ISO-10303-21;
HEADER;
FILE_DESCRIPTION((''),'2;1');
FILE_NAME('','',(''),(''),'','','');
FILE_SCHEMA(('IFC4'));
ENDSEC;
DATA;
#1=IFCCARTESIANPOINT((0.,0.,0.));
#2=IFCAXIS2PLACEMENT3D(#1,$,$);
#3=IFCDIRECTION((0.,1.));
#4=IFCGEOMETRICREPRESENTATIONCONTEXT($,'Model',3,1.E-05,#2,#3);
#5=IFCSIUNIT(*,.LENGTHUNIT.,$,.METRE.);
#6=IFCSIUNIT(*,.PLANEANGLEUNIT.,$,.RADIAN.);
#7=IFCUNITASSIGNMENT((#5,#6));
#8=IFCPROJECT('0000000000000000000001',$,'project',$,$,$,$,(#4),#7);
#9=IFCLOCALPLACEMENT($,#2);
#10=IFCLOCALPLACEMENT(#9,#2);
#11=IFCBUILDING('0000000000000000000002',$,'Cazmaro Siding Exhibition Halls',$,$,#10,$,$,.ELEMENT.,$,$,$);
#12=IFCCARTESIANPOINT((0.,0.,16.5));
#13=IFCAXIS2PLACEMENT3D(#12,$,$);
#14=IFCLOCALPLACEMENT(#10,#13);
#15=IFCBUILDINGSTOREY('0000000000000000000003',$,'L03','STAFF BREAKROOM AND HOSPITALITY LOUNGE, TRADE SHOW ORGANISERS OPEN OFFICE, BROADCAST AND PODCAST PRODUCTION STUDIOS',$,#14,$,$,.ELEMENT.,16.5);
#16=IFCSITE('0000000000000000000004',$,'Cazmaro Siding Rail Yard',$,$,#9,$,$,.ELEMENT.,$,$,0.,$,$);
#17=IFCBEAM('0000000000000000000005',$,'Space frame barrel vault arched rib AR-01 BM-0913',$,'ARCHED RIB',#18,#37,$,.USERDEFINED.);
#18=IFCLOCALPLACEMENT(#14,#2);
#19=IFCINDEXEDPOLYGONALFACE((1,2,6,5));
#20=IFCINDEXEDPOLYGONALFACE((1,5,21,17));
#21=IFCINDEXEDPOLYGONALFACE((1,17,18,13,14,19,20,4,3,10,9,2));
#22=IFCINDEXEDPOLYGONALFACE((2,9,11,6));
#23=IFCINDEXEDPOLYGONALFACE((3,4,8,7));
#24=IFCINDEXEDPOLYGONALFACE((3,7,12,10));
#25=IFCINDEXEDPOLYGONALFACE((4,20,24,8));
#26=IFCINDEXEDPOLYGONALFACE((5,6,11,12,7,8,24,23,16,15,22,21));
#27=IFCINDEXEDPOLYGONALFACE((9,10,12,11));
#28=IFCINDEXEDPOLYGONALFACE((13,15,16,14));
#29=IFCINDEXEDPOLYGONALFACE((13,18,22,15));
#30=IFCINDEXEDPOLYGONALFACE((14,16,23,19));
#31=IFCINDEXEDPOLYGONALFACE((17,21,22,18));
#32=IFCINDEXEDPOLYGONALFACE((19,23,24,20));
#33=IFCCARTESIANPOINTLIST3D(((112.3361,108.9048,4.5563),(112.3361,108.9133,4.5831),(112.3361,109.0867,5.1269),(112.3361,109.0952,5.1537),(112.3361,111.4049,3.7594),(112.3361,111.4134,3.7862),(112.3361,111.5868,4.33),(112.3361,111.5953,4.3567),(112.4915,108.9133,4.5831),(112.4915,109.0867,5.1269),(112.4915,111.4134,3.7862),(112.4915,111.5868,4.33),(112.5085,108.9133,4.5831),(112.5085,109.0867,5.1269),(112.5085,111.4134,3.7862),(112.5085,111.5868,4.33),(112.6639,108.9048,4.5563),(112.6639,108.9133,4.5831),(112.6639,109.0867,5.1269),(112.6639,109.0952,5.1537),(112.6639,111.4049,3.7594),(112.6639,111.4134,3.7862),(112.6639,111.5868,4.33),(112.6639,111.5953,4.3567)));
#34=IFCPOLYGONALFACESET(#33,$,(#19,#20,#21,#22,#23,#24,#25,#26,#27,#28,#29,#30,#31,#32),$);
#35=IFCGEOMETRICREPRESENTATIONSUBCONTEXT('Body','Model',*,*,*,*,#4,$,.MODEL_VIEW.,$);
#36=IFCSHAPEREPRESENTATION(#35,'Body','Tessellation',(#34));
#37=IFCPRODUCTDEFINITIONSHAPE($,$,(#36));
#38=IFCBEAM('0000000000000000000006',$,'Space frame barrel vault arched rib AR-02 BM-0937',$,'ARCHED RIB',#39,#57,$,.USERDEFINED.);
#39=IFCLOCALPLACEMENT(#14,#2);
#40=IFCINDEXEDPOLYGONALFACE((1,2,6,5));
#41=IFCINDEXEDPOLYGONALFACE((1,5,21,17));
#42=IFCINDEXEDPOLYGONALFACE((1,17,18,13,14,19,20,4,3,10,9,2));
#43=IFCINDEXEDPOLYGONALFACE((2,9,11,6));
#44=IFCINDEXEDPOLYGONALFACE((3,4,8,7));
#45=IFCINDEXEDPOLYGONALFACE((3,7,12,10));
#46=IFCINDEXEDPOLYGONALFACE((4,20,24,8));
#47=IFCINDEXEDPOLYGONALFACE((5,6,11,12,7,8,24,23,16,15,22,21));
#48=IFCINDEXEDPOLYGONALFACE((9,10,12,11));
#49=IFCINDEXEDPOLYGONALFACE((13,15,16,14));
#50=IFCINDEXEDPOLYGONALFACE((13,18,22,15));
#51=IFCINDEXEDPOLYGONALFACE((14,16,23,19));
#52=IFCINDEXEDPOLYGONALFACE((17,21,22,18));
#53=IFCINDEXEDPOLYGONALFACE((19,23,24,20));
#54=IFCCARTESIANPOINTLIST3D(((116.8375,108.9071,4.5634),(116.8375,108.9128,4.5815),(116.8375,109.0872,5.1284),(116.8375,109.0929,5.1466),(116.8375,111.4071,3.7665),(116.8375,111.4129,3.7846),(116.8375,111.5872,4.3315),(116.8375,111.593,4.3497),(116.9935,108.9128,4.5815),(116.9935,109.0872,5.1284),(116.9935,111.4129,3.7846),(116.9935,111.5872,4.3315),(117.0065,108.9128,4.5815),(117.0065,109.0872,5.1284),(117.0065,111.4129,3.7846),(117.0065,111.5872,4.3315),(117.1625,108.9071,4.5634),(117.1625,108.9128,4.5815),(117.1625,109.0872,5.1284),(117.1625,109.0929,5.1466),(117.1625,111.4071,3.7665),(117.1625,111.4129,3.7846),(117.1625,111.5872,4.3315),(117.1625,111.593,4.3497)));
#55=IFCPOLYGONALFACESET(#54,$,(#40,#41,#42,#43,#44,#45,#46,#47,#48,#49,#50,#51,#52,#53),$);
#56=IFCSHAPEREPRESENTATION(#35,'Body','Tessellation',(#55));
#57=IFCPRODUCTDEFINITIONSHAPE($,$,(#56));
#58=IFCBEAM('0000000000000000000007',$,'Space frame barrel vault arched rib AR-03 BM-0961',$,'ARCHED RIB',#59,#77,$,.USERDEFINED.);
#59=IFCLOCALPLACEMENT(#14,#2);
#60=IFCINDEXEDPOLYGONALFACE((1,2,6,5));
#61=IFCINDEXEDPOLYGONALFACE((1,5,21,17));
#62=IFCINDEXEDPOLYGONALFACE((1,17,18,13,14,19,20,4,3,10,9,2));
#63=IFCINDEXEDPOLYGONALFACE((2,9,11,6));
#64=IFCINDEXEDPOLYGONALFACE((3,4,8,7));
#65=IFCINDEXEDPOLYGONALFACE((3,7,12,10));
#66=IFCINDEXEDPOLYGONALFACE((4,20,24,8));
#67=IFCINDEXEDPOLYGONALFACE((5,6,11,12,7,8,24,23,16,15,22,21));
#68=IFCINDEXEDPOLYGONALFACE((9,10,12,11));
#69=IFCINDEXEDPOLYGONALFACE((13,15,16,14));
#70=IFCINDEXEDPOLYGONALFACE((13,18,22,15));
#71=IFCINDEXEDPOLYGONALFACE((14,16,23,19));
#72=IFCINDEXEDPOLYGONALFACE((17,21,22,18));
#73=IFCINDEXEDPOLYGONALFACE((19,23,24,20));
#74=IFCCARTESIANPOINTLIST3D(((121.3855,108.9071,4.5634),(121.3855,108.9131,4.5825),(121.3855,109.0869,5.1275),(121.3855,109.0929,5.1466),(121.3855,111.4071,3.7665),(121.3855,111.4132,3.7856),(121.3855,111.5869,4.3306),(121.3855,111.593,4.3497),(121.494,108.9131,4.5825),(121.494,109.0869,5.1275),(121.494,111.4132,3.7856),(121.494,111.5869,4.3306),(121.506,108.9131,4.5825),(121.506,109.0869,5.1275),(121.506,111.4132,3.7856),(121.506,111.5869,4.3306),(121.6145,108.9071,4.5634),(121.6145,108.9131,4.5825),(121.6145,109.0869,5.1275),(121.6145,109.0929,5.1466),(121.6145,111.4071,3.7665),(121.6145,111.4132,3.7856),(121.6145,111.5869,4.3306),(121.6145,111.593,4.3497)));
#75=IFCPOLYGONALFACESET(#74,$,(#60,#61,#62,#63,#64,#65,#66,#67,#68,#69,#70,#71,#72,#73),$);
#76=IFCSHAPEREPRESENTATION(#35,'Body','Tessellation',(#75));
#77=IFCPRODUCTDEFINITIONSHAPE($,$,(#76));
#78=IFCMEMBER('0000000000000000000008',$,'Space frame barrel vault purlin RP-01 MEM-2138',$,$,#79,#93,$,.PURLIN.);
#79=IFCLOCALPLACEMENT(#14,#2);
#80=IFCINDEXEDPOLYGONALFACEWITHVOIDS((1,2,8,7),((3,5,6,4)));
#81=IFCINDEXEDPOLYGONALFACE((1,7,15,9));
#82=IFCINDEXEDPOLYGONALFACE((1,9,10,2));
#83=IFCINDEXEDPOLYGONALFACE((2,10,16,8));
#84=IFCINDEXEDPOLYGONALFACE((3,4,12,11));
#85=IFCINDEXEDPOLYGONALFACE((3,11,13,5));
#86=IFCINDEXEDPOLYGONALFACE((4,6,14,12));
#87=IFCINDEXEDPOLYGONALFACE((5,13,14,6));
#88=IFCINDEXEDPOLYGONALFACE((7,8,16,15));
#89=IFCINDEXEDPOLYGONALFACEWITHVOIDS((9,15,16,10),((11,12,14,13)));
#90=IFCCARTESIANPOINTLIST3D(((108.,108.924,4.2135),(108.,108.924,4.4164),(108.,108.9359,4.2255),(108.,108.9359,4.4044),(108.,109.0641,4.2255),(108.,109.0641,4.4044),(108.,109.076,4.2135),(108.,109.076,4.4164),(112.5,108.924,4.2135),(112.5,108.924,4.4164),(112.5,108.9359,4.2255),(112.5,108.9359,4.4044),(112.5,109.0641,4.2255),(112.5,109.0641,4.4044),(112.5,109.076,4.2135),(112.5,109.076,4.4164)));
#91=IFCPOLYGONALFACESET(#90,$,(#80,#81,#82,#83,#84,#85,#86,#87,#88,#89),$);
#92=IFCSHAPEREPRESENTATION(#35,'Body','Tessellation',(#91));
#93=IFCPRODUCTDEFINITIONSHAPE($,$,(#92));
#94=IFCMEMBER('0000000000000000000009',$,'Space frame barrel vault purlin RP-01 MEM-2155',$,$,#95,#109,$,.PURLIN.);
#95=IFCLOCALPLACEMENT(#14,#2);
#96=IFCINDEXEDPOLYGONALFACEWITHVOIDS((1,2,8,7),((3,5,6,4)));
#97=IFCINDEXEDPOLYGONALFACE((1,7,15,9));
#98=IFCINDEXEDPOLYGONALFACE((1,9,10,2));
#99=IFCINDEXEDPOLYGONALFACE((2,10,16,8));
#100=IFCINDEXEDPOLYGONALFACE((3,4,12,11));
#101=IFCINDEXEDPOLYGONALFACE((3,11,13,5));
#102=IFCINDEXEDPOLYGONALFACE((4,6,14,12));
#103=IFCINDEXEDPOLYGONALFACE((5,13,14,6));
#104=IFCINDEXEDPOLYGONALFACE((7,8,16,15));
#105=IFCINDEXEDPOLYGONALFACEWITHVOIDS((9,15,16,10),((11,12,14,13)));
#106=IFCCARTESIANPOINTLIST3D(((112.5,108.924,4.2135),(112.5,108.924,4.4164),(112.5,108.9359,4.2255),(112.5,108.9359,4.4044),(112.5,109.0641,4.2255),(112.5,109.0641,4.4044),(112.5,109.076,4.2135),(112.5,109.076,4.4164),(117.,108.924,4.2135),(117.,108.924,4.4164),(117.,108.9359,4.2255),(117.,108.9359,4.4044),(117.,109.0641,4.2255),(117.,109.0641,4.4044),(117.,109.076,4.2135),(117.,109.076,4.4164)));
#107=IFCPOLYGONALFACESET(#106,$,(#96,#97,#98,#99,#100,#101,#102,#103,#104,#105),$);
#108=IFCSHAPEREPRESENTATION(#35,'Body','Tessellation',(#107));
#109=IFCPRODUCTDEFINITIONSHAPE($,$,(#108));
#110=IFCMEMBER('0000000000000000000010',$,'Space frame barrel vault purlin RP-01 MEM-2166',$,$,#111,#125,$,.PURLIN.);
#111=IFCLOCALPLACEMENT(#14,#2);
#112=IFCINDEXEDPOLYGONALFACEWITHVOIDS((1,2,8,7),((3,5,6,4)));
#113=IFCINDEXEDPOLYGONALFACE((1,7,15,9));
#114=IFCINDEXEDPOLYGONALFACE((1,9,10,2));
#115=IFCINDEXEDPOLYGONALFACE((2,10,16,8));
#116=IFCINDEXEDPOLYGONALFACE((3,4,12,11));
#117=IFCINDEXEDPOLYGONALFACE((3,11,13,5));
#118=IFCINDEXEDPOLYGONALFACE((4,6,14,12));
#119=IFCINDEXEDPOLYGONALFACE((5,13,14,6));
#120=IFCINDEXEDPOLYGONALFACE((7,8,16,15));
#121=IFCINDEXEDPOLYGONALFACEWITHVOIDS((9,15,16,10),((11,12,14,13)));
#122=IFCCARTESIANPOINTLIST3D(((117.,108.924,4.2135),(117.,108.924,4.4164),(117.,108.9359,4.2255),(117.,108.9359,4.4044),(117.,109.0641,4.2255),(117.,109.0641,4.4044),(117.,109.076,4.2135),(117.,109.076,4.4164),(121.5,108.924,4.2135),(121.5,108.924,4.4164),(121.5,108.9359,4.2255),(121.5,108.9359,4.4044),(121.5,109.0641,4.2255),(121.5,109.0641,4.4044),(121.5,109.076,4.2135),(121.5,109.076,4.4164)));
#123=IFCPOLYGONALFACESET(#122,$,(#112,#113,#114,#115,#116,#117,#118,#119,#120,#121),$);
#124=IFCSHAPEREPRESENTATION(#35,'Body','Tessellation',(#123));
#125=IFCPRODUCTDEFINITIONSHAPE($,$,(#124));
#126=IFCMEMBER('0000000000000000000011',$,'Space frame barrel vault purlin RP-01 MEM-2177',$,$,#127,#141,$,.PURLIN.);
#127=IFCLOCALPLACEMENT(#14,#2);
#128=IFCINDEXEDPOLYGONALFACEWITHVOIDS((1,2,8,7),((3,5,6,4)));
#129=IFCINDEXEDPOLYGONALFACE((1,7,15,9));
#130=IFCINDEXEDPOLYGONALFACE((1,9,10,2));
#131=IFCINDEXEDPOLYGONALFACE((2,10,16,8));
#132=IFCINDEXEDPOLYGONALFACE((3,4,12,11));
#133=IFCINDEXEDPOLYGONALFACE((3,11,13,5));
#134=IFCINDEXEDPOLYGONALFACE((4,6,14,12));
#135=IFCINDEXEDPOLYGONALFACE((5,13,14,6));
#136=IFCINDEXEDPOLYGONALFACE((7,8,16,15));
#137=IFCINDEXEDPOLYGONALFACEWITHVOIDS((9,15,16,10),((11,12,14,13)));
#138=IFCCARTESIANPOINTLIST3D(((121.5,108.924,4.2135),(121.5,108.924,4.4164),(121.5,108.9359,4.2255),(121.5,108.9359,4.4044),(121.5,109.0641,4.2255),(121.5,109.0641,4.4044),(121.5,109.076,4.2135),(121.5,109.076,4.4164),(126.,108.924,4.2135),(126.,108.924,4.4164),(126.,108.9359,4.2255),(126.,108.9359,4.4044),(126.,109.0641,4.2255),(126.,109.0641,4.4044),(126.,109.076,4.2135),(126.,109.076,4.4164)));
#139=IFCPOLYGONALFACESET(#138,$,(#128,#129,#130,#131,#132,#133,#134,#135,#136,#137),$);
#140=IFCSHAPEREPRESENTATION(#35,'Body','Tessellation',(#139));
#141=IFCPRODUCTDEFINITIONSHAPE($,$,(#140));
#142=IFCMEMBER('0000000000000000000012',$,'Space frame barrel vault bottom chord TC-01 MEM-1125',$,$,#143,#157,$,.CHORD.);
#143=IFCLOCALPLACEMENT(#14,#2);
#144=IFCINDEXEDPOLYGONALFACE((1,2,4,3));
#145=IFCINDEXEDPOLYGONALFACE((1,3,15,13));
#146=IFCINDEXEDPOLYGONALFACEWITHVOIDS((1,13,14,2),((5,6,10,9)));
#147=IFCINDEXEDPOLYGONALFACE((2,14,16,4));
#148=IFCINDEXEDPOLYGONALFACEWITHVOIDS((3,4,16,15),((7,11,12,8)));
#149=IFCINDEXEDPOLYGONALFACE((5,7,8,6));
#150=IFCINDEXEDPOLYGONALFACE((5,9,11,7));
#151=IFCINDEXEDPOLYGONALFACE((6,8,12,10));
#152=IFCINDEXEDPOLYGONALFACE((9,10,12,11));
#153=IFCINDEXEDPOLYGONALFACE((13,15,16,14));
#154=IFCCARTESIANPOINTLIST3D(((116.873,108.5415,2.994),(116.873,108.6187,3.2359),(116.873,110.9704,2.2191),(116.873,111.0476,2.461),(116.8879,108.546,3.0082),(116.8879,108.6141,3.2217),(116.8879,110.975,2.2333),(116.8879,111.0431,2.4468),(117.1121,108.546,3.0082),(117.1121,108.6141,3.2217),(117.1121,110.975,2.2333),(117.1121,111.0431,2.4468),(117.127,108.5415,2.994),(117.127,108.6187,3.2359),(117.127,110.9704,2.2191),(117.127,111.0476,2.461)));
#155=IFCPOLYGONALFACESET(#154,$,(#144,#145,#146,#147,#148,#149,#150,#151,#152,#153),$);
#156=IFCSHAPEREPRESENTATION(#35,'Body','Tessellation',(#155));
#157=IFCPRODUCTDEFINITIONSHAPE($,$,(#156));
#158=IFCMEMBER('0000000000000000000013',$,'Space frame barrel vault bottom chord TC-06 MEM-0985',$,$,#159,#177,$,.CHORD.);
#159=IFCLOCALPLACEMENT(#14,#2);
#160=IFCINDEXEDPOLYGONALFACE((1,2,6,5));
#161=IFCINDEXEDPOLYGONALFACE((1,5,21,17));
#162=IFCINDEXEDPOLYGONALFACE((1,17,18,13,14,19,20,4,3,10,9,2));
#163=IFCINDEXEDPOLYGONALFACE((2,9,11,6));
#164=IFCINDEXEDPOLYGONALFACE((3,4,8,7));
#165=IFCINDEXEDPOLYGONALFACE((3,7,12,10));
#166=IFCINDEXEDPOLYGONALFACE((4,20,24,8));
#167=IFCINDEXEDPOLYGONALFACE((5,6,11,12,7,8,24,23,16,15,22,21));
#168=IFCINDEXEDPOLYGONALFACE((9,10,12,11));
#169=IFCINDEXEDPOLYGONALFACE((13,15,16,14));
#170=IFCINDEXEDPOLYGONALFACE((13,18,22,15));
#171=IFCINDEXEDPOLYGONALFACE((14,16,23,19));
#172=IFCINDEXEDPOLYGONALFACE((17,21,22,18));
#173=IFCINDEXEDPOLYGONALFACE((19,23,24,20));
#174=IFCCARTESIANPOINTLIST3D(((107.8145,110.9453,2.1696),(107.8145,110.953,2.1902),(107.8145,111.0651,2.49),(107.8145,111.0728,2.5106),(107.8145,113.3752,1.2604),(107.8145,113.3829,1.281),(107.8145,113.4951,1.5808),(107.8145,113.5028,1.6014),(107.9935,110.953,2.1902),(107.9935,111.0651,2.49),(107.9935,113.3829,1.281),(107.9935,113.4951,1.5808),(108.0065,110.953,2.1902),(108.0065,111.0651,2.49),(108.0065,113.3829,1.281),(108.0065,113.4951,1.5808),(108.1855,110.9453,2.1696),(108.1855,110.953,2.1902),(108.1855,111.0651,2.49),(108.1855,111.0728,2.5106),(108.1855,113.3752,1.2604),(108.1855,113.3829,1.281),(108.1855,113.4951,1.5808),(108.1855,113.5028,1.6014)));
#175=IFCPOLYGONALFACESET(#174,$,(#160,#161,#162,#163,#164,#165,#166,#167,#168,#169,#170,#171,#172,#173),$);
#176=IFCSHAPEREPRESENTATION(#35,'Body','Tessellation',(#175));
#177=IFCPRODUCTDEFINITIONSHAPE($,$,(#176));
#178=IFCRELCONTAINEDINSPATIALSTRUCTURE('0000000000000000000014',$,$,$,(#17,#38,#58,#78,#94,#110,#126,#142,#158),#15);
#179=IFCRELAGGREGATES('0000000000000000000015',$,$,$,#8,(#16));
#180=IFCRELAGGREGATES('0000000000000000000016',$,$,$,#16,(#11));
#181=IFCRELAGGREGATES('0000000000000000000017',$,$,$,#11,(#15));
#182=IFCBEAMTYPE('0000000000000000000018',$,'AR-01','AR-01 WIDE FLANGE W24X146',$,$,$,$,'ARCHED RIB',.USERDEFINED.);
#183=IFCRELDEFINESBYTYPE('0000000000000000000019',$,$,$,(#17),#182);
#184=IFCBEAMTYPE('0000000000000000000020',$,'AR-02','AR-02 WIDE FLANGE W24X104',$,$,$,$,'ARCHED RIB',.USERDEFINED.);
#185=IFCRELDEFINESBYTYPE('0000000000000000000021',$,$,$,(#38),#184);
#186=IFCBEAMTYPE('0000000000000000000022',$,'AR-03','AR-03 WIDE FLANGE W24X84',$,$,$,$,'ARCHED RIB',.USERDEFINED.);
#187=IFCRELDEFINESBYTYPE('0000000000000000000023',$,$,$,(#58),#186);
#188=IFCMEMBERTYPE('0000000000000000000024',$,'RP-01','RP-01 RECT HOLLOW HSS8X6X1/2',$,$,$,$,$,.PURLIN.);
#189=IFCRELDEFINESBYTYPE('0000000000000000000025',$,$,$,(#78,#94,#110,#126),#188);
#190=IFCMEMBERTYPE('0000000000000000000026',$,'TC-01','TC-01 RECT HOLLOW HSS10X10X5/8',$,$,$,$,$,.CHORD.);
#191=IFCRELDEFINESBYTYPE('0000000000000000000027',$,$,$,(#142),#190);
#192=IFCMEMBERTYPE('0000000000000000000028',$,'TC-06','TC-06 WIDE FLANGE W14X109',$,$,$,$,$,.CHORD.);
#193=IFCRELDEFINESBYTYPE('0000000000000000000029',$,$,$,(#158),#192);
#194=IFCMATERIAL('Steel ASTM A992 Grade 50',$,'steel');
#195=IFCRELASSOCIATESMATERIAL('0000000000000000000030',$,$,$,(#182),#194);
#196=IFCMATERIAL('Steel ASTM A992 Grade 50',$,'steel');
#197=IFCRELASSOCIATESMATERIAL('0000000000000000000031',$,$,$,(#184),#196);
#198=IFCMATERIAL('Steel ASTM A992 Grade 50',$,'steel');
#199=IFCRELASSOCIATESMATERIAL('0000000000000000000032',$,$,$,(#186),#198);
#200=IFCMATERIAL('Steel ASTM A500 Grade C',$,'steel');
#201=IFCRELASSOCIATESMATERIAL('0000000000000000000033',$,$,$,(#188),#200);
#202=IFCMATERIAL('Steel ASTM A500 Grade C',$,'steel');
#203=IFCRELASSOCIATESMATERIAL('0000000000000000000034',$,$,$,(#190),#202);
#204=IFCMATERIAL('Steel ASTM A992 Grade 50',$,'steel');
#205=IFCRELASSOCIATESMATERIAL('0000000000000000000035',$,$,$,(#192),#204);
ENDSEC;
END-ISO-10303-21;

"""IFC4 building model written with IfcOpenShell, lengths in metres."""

from ifc_helpers import new_model, si_unit, direction, frame, origin, origin_2d, place, context, subcontext, project, spatial, hollow_rectangle, i_section, extrude, material, material_profile, profile_set, type_object, element, save


model = new_model("IFC4")

# Units and contexts
model_context = context("Model", 3, precision=1e-05, world=origin(), true_north=direction((0.0, 1.0)))
body_context = subcontext(model_context, "Body", "Model", "MODEL_VIEW")
ifc_project = project(units=[si_unit("LENGTHUNIT", "METRE"), si_unit("PLANEANGLEUNIT", "RADIAN")], contexts=[model_context])

# Site, building, storey
site_placement = place(None, origin())
site = spatial("IfcSite", under=ifc_project, at=site_placement, Name="Cazmaro Siding Rail Yard", CompositionType="ELEMENT", RefElevation=0.0)
building_placement = place(site_placement, origin())
building = spatial("IfcBuilding", under=site, at=building_placement, Name="Cazmaro Siding Exhibition Halls", CompositionType="ELEMENT")
storey_placement = place(building_placement, frame((0.0, 0.0, 16.5)))
storey = spatial("IfcBuildingStorey", under=building, at=storey_placement, Name="L03", Description="STAFF BREAKROOM AND HOSPITALITY LOUNGE, TRADE SHOW ORGANISERS OPEN OFFICE, BROADCAST AND PODCAST PRODUCTION STUDIOS", CompositionType="ELEMENT", Elevation=16.5)

# Beams
ifc_material_1 = material(Name="Steel ASTM A992 Grade 50", Category="steel")
ifc_material_profile_1 = material_profile(ifc_material_1, i_section(OverallWidth=0.3279, OverallDepth=0.627, WebThickness=0.0171, FlangeThickness=0.0281, at=origin_2d()), Name="W24X146")
ifc_profile_set_1 = profile_set([ifc_material_profile_1], Name="Steel ASTM A992 Grade 50")
beam_type_1 = type_object("IfcBeamType", Name="AR-01", Description="AR-01 WIDE FLANGE W24X146", ElementType="ARCHED RIB", PredefinedType="USERDEFINED", material=ifc_profile_set_1)
beam_1_placement = place(storey_placement, frame((112.5, 109.0, 4.855), z_axis=(0.0, 0.952769, -0.303695), x_axis=(-1.0, 0.0, 0.0)))
element("IfcBeam", 1, at=beam_1_placement, inside=storey, type_object=beam_type_1, Name="Space frame barrel vault arched rib AR-01 BM-0913", ObjectType="ARCHED RIB", PredefinedType="USERDEFINED", context=body_context, shape_type="SweptSolid", body=[
    extrude(i_section(OverallWidth=0.3279, OverallDepth=0.627, WebThickness=0.0171, FlangeThickness=0.0281, at=origin_2d()), origin(), (0.0, 0.0, 1.0), 2.624),
])
ifc_material_2 = material(Name="Steel ASTM A992 Grade 50", Category="steel")
ifc_material_profile_2 = material_profile(ifc_material_2, i_section(OverallWidth=0.325, OverallDepth=0.6121, WebThickness=0.0129, FlangeThickness=0.019, at=origin_2d()), Name="W24X104")
ifc_profile_set_2 = profile_set([ifc_material_profile_2], Name="Steel ASTM A992 Grade 50")
beam_type_2 = type_object("IfcBeamType", Name="AR-02", Description="AR-02 WIDE FLANGE W24X104", ElementType="ARCHED RIB", PredefinedType="USERDEFINED", material=ifc_profile_set_2)
beam_2_placement = place(storey_placement, frame((117.0, 109.0, 4.855), z_axis=(0.0, 0.952769, -0.303695), x_axis=(-1.0, 0.0, 0.0)))
element("IfcBeam", 2, at=beam_2_placement, inside=storey, type_object=beam_type_2, Name="Space frame barrel vault arched rib AR-02 BM-0937", ObjectType="ARCHED RIB", PredefinedType="USERDEFINED", context=body_context, shape_type="SweptSolid", body=[
    extrude(i_section(OverallWidth=0.325, OverallDepth=0.6121, WebThickness=0.0129, FlangeThickness=0.019, at=origin_2d()), origin(), (0.0, 0.0, 1.0), 2.624),
])
ifc_material_3 = material(Name="Steel ASTM A992 Grade 50", Category="steel")
ifc_material_profile_3 = material_profile(ifc_material_3, i_section(OverallWidth=0.229, OverallDepth=0.6121, WebThickness=0.012, FlangeThickness=0.02, at=origin_2d()), Name="W24X84")
ifc_profile_set_3 = profile_set([ifc_material_profile_3], Name="Steel ASTM A992 Grade 50")
beam_type_3 = type_object("IfcBeamType", Name="AR-03", Description="AR-03 WIDE FLANGE W24X84", ElementType="ARCHED RIB", PredefinedType="USERDEFINED", material=ifc_profile_set_3)
beam_3_placement = place(storey_placement, frame((121.5, 109.0, 4.855), z_axis=(0.0, 0.952769, -0.303695), x_axis=(-1.0, 0.0, 0.0)))
element("IfcBeam", 3, at=beam_3_placement, inside=storey, type_object=beam_type_3, Name="Space frame barrel vault arched rib AR-03 BM-0961", ObjectType="ARCHED RIB", PredefinedType="USERDEFINED", context=body_context, shape_type="SweptSolid", body=[
    extrude(i_section(OverallWidth=0.229, OverallDepth=0.6121, WebThickness=0.012, FlangeThickness=0.02, at=origin_2d()), origin(), (0.0, 0.0, 1.0), 2.624),
])

# Members
ifc_material_4 = material(Name="Steel ASTM A500 Grade C", Category="steel")
ifc_material_profile_4 = material_profile(ifc_material_4, hollow_rectangle(XDim=0.1521, YDim=0.2029, WallThickness=0.012, at=origin_2d()), Name="HSS8X6X1/2")
ifc_profile_set_4 = profile_set([ifc_material_profile_4], Name="Steel ASTM A500 Grade C")
member_type_1 = type_object("IfcMemberType", Name="RP-01", Description="RP-01 RECT HOLLOW HSS8X6X1/2", PredefinedType="PURLIN", material=ifc_profile_set_4)
for number, where, z_axis, x_axis, name in (
    (4, (108.0, 109.0, 4.3149), (1.0, 0.0, 0.0), (0.0, 1.0, 0.0), "Space frame barrel vault purlin RP-01 MEM-2138"),
    (5, (112.5, 109.0, 4.3149), (1.0, 0.0, 0.0), (0.0, 1.0, 0.0), "Space frame barrel vault purlin RP-01 MEM-2155"),
    (6, (117.0, 109.0, 4.3149), (1.0, 0.0, 0.0), (0.0, 1.0, 0.0), "Space frame barrel vault purlin RP-01 MEM-2166"),
    (7, (121.5, 109.0, 4.3149), (1.0, 0.0, 0.0), (0.0, 1.0, 0.0), "Space frame barrel vault purlin RP-01 MEM-2177"),
):
    element("IfcMember", number, at=place(storey_placement, frame(where, z_axis=z_axis, x_axis=x_axis)), inside=storey, type_object=member_type_1, Name=name, PredefinedType="PURLIN", context=body_context, shape_type="SweptSolid", body=[
        extrude(hollow_rectangle(XDim=0.1521, YDim=0.2029, WallThickness=0.012, at=origin_2d()), origin(), (0.0, 0.0, 1.0), 4.5),
    ])
ifc_material_5 = material(Name="Steel ASTM A500 Grade C", Category="steel")
ifc_material_profile_5 = material_profile(ifc_material_5, hollow_rectangle(XDim=0.2539, YDim=0.2539, WallThickness=0.0149, at=origin_2d()), Name="HSS10X10X5/8")
ifc_profile_set_5 = profile_set([ifc_material_profile_5], Name="Steel ASTM A500 Grade C")
member_type_2 = type_object("IfcMemberType", Name="TC-01", Description="TC-01 RECT HOLLOW HSS10X10X5/8", PredefinedType="CHORD", material=ifc_profile_set_5)
member_1_placement = place(storey_placement, frame((117.0, 108.5801, 3.115), z_axis=(0.0, 0.952693, -0.303935), x_axis=(-1.0, 0.0, 0.0)))
element("IfcMember", 8, at=member_1_placement, inside=storey, type_object=member_type_2, Name="Space frame barrel vault bottom chord TC-01 MEM-1125", PredefinedType="CHORD", context=body_context, shape_type="SweptSolid", body=[
    extrude(hollow_rectangle(XDim=0.2539, YDim=0.2539, WallThickness=0.0149, at=origin_2d()), origin(), (0.0, 0.0, 1.0), 2.5496),
])
ifc_material_6 = material(Name="Steel ASTM A992 Grade 50", Category="steel")
ifc_material_profile_6 = material_profile(ifc_material_6, i_section(OverallWidth=0.3711, OverallDepth=0.364, WebThickness=0.0129, FlangeThickness=0.022, at=origin_2d()), Name="W14X109")
ifc_profile_set_6 = profile_set([ifc_material_profile_6], Name="Steel ASTM A992 Grade 50")
member_type_3 = type_object("IfcMemberType", Name="TC-06", Description="TC-06 WIDE FLANGE W14X109", PredefinedType="CHORD", material=ifc_profile_set_6)
member_2_placement = place(storey_placement, frame((108.0, 111.009, 2.3401), z_axis=(0.0, 0.936588, -0.350432), x_axis=(-1.0, 0.0, 0.0)))
element("IfcMember", 9, at=member_2_placement, inside=storey, type_object=member_type_3, Name="Space frame barrel vault bottom chord TC-06 MEM-0985", PredefinedType="CHORD", context=body_context, shape_type="SweptSolid", body=[
    extrude(i_section(OverallWidth=0.3711, OverallDepth=0.364, WebThickness=0.0129, FlangeThickness=0.022, at=origin_2d()), origin(), (0.0, 0.0, 1.0), 2.5945),
])

save(model, "model.ifc")
